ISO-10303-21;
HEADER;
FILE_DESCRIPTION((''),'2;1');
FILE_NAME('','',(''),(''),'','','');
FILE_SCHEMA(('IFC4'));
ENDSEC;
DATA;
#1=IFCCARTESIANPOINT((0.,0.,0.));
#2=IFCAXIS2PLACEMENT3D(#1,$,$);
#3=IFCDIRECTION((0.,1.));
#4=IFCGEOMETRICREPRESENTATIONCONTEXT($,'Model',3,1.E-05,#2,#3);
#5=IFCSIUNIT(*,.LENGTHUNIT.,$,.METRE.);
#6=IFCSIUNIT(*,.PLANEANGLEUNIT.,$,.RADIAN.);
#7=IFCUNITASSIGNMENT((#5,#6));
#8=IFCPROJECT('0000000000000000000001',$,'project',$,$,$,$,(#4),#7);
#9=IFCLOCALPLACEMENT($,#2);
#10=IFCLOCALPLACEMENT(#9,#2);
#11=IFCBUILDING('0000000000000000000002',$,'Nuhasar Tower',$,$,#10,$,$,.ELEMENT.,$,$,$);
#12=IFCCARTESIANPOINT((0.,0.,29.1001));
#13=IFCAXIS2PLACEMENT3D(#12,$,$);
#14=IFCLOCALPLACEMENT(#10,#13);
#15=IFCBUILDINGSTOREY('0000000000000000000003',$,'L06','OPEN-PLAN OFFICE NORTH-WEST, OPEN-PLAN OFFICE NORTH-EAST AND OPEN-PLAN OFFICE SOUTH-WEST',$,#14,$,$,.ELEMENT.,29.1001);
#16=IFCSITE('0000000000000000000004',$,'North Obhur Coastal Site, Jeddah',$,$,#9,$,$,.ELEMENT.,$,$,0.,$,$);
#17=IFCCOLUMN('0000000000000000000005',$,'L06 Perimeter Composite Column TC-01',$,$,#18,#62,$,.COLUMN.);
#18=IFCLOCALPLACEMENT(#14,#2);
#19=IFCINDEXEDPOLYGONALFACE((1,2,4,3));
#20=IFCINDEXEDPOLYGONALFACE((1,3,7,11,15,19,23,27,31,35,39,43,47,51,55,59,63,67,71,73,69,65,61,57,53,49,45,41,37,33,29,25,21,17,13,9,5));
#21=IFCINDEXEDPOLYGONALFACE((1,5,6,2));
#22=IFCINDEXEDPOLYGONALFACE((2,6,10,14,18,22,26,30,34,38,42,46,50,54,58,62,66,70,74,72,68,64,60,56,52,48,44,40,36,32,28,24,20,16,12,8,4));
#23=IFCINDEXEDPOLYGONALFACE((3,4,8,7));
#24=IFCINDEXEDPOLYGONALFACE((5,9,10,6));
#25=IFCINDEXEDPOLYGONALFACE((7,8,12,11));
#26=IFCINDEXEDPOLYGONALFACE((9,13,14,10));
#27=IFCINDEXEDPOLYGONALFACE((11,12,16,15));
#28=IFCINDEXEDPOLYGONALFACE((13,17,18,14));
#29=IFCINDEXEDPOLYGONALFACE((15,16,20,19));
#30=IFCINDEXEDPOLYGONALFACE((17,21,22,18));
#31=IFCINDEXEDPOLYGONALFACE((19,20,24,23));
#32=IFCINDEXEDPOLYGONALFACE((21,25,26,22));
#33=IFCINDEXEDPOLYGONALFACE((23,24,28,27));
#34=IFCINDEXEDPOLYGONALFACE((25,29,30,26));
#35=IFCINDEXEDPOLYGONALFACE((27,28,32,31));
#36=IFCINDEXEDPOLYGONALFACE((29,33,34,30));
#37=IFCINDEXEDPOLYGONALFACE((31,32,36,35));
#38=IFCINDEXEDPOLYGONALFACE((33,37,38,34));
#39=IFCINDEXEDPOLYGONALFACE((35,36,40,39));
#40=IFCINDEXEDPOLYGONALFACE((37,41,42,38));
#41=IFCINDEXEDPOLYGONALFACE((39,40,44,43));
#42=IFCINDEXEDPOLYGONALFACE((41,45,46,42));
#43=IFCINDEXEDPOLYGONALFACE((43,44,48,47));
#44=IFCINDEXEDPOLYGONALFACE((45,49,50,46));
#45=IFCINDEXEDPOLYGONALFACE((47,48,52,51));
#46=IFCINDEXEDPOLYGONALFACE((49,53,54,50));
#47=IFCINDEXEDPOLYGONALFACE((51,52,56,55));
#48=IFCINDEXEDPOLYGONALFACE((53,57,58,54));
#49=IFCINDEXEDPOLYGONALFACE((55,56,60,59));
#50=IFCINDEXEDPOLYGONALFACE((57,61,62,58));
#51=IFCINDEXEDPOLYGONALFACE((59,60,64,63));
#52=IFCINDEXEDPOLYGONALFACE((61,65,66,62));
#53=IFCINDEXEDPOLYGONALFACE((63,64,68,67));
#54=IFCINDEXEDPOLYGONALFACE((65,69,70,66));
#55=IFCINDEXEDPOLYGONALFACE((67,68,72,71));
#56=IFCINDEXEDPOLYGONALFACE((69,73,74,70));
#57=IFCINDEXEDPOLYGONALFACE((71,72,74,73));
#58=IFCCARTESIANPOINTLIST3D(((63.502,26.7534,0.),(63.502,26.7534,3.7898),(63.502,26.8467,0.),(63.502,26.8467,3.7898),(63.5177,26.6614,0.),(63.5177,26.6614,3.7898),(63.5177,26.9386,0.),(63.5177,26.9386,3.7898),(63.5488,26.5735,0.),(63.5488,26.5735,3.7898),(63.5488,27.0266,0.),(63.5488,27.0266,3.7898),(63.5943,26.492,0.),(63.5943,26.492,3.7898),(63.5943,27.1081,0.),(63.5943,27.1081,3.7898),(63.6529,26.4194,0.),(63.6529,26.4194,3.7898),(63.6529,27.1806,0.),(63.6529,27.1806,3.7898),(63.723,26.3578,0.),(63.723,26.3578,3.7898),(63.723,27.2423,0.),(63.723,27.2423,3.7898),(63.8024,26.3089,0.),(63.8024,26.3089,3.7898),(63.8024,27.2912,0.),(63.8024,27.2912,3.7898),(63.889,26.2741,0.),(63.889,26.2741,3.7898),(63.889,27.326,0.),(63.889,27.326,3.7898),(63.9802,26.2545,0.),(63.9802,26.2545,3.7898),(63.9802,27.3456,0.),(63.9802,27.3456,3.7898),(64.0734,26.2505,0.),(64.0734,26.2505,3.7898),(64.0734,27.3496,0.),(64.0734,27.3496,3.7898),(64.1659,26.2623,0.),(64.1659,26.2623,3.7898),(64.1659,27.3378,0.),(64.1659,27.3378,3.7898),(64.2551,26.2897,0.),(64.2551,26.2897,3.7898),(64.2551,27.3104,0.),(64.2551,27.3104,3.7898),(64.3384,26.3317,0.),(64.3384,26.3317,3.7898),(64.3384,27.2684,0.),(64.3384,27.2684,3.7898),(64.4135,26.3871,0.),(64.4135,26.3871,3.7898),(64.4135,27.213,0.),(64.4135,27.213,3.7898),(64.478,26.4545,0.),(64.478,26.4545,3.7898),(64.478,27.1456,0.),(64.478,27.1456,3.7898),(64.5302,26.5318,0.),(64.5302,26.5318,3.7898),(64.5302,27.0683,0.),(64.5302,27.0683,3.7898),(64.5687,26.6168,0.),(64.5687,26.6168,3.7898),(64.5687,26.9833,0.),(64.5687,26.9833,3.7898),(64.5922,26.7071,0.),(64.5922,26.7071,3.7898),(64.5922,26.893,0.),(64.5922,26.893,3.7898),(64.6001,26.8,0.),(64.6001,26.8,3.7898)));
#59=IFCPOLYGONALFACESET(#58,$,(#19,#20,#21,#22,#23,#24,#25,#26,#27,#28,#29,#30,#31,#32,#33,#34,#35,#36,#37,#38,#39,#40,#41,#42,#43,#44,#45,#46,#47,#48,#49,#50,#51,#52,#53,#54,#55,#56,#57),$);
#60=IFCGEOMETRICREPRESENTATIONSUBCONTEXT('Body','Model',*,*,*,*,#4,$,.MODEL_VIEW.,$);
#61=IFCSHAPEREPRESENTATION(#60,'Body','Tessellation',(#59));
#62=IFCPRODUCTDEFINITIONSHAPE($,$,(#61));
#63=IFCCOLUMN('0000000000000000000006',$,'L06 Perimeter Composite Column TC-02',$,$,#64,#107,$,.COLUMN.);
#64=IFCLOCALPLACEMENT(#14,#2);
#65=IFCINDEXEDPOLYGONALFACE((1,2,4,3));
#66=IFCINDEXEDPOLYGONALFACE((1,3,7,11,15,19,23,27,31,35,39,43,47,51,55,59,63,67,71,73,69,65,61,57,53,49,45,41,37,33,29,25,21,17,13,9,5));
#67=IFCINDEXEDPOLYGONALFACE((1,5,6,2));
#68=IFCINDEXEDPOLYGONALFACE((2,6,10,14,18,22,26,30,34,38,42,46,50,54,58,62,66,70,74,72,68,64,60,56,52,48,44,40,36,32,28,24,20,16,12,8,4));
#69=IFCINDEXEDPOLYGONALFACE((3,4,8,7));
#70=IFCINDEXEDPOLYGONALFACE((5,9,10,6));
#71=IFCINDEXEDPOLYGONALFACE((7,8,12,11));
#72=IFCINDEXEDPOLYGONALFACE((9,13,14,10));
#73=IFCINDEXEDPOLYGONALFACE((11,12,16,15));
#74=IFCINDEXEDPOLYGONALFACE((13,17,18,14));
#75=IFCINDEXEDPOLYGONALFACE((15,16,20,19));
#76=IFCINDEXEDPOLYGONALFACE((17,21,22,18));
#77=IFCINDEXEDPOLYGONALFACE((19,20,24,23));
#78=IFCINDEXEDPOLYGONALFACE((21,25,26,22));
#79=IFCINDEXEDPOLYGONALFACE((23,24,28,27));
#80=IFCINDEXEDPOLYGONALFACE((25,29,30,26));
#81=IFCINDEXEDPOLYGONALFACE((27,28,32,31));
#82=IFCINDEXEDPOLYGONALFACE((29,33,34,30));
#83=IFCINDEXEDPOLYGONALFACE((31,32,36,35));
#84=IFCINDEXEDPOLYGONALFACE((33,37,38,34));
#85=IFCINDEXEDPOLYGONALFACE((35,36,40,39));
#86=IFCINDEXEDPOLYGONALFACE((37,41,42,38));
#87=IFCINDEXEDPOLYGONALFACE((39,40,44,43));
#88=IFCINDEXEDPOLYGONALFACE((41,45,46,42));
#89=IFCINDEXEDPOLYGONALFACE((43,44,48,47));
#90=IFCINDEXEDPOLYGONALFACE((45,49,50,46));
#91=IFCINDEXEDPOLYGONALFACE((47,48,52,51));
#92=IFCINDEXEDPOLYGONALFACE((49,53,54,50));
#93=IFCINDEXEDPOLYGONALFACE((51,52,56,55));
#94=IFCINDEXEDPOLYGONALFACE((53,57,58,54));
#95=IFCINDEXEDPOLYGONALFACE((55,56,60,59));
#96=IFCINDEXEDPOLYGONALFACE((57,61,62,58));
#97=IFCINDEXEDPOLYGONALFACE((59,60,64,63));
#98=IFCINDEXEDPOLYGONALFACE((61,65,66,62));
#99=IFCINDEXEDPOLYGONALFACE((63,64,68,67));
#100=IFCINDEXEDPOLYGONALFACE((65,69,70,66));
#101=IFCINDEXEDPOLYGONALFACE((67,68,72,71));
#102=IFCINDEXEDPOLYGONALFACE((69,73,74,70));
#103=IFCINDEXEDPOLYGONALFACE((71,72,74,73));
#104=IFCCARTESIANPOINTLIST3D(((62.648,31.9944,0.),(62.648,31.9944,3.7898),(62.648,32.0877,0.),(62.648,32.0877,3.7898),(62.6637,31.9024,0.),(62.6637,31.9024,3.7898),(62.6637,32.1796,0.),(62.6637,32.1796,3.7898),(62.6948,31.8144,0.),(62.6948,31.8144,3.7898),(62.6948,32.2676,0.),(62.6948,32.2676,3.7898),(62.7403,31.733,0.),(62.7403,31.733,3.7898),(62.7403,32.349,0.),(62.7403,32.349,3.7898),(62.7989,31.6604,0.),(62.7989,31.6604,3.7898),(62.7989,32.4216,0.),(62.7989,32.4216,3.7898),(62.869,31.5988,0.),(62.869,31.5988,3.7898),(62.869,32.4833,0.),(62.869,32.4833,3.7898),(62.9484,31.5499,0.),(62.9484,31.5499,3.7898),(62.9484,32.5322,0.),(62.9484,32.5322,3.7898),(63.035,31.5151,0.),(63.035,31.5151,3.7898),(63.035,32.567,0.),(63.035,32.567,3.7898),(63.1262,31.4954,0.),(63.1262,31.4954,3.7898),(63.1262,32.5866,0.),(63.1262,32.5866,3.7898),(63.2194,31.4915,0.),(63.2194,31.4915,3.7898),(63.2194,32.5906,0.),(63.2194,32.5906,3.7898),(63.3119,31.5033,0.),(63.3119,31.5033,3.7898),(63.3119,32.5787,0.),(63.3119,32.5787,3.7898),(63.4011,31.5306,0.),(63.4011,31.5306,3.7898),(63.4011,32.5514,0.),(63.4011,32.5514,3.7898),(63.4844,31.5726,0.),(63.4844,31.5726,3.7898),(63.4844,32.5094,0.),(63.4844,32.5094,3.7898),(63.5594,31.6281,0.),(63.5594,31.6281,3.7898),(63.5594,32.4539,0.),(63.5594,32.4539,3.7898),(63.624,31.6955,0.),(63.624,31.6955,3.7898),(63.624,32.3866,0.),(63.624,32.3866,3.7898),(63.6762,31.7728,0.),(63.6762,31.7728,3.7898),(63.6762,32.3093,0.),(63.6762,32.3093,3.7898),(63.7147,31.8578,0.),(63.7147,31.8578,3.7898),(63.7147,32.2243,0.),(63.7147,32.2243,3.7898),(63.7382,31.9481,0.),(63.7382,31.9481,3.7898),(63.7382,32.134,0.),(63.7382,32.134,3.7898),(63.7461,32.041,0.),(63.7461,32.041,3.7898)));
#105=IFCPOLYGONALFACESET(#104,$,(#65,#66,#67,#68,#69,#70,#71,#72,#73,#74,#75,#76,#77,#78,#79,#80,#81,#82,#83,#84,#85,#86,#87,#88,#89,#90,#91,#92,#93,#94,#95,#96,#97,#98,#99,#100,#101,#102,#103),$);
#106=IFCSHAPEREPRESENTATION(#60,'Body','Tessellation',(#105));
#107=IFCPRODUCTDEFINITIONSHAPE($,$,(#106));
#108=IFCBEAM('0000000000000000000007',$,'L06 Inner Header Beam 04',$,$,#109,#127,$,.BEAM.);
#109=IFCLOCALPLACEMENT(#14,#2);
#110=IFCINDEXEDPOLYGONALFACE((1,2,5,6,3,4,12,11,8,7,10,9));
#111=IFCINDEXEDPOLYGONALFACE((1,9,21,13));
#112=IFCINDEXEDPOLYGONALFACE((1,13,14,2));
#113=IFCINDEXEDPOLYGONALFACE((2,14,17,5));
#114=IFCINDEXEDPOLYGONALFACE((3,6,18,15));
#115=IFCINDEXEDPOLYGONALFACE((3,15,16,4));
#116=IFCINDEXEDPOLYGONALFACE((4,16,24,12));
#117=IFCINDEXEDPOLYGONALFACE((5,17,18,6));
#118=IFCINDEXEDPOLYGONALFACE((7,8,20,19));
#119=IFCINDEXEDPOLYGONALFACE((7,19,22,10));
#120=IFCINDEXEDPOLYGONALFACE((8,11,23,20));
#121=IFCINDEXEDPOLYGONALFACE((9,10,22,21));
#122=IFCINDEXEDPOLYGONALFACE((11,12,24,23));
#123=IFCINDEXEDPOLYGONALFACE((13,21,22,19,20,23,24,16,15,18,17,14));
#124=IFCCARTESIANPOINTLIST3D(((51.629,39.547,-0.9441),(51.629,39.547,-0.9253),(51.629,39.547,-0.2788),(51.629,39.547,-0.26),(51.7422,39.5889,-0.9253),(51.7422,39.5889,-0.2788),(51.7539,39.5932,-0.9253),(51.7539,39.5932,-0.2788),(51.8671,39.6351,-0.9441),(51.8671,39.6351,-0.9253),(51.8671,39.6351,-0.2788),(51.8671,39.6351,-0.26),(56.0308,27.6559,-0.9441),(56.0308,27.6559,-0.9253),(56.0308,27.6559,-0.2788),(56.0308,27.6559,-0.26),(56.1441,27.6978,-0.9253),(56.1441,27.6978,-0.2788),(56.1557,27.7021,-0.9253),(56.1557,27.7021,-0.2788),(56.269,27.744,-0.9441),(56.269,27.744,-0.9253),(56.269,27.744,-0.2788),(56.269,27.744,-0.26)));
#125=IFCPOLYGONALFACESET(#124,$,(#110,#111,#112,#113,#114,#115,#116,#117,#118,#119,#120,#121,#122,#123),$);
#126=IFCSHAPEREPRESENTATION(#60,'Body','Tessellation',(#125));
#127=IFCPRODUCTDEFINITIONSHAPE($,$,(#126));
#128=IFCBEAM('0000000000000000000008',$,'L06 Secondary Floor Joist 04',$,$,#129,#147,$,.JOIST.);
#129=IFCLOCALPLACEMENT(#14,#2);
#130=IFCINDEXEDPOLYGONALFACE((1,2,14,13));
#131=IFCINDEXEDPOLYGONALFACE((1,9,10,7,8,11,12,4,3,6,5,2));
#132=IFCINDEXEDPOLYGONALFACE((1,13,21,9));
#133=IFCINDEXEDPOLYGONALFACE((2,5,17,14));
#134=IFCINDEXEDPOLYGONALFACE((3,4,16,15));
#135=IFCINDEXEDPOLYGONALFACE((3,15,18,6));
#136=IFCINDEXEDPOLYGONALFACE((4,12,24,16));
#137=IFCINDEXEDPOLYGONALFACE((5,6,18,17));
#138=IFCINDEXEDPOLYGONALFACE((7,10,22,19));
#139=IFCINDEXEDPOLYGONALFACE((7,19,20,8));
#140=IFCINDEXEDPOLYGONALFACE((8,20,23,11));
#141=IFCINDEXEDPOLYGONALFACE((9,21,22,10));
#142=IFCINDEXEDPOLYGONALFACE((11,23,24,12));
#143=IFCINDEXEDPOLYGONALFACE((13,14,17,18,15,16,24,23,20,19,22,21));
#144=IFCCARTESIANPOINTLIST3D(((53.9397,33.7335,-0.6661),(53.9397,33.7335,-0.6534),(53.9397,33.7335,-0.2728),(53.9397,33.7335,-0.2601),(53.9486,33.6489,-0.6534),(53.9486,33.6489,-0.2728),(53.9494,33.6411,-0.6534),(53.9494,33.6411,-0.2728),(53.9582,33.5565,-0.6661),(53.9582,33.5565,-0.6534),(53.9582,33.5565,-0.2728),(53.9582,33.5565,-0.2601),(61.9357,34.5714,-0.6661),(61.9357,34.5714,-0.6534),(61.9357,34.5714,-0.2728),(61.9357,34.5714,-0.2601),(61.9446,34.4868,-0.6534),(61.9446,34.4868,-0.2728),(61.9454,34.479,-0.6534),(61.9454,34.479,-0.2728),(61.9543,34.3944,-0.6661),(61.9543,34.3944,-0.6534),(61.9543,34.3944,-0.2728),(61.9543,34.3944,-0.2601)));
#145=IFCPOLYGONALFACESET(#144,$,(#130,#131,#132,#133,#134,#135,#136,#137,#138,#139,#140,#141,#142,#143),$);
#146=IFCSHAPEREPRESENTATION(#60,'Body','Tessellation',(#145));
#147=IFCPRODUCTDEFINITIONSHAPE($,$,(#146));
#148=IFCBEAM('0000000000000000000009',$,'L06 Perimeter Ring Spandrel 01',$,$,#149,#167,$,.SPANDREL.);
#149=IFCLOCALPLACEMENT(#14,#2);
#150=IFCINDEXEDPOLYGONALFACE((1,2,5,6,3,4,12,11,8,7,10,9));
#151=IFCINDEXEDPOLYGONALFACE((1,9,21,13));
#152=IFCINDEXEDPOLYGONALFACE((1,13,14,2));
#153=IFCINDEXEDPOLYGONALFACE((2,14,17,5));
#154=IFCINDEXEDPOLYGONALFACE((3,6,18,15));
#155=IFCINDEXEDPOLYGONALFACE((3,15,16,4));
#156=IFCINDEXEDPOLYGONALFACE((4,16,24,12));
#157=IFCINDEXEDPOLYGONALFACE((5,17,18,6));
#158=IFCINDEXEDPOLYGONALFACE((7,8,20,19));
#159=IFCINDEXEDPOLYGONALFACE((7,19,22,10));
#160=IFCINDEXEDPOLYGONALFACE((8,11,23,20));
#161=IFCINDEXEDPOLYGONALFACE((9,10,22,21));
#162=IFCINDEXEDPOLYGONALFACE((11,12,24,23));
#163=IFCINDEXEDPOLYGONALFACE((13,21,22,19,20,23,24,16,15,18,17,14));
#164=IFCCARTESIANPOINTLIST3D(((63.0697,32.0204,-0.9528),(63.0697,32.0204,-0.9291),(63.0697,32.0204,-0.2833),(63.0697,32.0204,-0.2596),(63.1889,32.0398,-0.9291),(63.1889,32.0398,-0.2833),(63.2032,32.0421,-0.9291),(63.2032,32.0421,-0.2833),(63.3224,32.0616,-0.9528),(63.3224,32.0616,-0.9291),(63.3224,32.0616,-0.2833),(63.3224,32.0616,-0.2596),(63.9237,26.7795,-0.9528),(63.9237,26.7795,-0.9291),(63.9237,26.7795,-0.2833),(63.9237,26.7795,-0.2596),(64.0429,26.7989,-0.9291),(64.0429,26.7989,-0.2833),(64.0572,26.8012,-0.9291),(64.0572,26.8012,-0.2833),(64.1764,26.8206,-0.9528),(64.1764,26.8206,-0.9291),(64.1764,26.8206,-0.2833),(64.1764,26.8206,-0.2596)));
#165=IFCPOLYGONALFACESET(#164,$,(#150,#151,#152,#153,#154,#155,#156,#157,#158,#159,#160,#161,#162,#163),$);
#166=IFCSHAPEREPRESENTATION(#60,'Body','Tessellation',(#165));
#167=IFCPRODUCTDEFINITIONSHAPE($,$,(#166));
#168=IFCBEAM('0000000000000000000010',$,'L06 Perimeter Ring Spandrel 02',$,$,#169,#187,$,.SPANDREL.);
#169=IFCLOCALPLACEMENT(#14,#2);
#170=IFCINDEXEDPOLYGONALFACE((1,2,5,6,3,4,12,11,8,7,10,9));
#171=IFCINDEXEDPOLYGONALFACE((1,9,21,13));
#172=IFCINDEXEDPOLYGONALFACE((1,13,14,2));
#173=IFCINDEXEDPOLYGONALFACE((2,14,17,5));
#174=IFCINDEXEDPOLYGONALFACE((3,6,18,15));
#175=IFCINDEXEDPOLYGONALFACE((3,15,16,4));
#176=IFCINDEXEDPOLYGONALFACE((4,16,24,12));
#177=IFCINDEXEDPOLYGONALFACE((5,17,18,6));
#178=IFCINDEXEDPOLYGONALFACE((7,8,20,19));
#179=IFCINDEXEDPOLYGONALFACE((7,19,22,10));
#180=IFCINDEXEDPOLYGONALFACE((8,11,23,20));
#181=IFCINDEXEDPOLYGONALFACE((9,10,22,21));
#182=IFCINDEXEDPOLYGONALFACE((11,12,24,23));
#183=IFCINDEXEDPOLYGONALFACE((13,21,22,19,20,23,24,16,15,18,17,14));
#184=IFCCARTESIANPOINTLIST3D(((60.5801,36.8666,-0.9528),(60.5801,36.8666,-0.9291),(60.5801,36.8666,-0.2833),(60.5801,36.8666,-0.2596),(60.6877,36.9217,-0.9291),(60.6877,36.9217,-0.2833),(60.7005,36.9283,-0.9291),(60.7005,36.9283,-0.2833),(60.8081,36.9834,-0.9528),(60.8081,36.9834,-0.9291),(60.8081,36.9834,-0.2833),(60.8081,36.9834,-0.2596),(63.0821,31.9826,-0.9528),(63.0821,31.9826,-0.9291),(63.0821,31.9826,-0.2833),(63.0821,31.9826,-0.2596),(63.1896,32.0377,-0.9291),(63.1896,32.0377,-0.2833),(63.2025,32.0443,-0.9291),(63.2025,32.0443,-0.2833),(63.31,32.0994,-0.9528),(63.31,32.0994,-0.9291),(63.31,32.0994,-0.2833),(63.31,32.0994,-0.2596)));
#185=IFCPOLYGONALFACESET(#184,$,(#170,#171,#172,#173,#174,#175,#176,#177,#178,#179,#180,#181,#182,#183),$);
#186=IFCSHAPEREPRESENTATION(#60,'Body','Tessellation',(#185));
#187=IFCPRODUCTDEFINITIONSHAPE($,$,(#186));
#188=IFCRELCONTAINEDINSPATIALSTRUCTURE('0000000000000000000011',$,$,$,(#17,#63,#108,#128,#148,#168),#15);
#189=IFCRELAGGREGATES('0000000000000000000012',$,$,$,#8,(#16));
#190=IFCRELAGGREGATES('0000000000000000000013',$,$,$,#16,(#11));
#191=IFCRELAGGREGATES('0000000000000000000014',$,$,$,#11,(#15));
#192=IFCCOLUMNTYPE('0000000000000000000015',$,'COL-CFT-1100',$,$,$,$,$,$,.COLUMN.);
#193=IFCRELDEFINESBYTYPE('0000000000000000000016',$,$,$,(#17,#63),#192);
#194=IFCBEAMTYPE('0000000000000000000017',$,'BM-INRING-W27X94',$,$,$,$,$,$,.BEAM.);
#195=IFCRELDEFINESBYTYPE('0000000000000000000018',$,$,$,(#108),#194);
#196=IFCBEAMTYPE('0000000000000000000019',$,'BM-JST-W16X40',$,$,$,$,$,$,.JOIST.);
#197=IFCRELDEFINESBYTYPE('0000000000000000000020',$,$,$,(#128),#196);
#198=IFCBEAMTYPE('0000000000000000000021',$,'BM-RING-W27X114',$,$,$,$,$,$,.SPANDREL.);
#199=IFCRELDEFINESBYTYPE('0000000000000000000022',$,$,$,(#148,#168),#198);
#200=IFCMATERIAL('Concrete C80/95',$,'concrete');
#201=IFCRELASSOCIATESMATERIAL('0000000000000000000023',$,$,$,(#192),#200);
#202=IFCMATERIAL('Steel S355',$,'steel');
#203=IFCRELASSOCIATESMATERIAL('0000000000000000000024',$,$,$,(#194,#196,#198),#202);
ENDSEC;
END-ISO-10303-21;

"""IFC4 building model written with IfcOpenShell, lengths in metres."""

from ifc_helpers import new_model, si_unit, direction, frame, origin, origin_2d, place, context, subcontext, project, spatial, circle, i_section, extrude, material, material_profile, profile_set, type_object, element, save


model = new_model("IFC4")

# Units and contexts
model_context = context("Model", 3, precision=1e-05, world=origin(), true_north=direction((0.0, 1.0)))
body_context = subcontext(model_context, "Body", "Model", "MODEL_VIEW")
ifc_project = project(units=[si_unit("LENGTHUNIT", "METRE"), si_unit("PLANEANGLEUNIT", "RADIAN")], contexts=[model_context])

# Site, building, storey
site_placement = place(None, origin())
site = spatial("IfcSite", under=ifc_project, at=site_placement, Name="North Obhur Coastal Site, Jeddah", CompositionType="ELEMENT", RefElevation=0.0)
building_placement = place(site_placement, origin())
building = spatial("IfcBuilding", under=site, at=building_placement, Name="Nuhasar Tower", CompositionType="ELEMENT")
storey_placement = place(building_placement, frame((0.0, 0.0, 29.1001)))
storey = spatial("IfcBuildingStorey", under=building, at=storey_placement, Name="L06", Description="OPEN-PLAN OFFICE NORTH-WEST, OPEN-PLAN OFFICE NORTH-EAST AND OPEN-PLAN OFFICE SOUTH-WEST", CompositionType="ELEMENT", Elevation=29.1001)

# Columns
ifc_material_1 = material(Name="Concrete C80/95", Category="concrete")
ifc_material_profile_1 = material_profile(ifc_material_1, circle(Radius=0.55, at=origin_2d()), Name="CFT1100")
ifc_profile_set_1 = profile_set([ifc_material_profile_1], Name="Concrete C80/95")
column_type = type_object("IfcColumnType", Name="COL-CFT-1100", PredefinedType="COLUMN", material=ifc_profile_set_1)
for number, where, z_axis, x_axis, name in (
    (1, (64.05, 26.8, 0.0), (0.0, 0.0, 1.0), (1.0, 0.0, 0.0), "L06 Perimeter Composite Column TC-01"),
    (2, (63.196, 32.041, 0.0), (0.0, 0.0, 1.0), (1.0, 0.0, 0.0), "L06 Perimeter Composite Column TC-02"),
):
    element("IfcColumn", number, at=place(storey_placement, frame(where, z_axis=z_axis, x_axis=x_axis)), inside=storey, type_object=column_type, Name=name, PredefinedType="COLUMN", context=body_context, shape_type="SweptSolid", body=[
        extrude(circle(Radius=0.55, at=origin_2d()), origin(), (0.0, 0.0, 1.0), 3.7898),
    ])

# Beams
ifc_material_2 = material(Name="Steel S355", Category="steel")
ifc_material_profile_2 = material_profile(ifc_material_2, i_section(OverallWidth=0.2539, OverallDepth=0.6841, WebThickness=0.0125, FlangeThickness=0.0188, at=origin_2d()), Name="W27X94")
ifc_profile_set_2 = profile_set([ifc_material_profile_2], Name="Steel S355")
beam_type_1 = type_object("IfcBeamType", Name="BM-INRING-W27X94", PredefinedType="BEAM", material=ifc_profile_set_2)
beam_1_placement = place(storey_placement, frame((56.1499, 27.7, -0.6021), z_axis=(-0.347158, 0.937807, 0.0), x_axis=(-0.937807, -0.347158, 0.0)))
element("IfcBeam", 3, at=beam_1_placement, inside=storey, type_object=beam_type_1, Name="L06 Inner Header Beam 04", PredefinedType="BEAM", context=body_context, shape_type="SweptSolid", body=[
    extrude(i_section(OverallWidth=0.2539, OverallDepth=0.6841, WebThickness=0.0125, FlangeThickness=0.0188, at=origin_2d()), origin(), (0.0, 0.0, 1.0), 12.6797),
])
ifc_material_profile_3 = material_profile(ifc_material_2, i_section(OverallWidth=0.178, OverallDepth=0.406, WebThickness=0.0078, FlangeThickness=0.0127, at=origin_2d()), Name="W16X40")
ifc_profile_set_3 = profile_set([ifc_material_profile_3], Name="Steel S355")
beam_type_2 = type_object("IfcBeamType", Name="BM-JST-W16X40", PredefinedType="JOIST", material=ifc_profile_set_3)
beam_2_placement = place(storey_placement, frame((53.949, 33.645, -0.4631), z_axis=(0.994555, 0.104217, 0.0), x_axis=(-0.104217, 0.994555, 0.0)))
element("IfcBeam", 4, at=beam_2_placement, inside=storey, type_object=beam_type_2, Name="L06 Secondary Floor Joist 04", PredefinedType="JOIST", context=body_context, shape_type="SweptSolid", body=[
    extrude(i_section(OverallWidth=0.178, OverallDepth=0.406, WebThickness=0.0078, FlangeThickness=0.0127, at=origin_2d()), origin(), (0.0, 0.0, 1.0), 8.0398),
])
ifc_material_profile_4 = material_profile(ifc_material_2, i_section(OverallWidth=0.2561, OverallDepth=0.6931, WebThickness=0.0144, FlangeThickness=0.0237, at=origin_2d()), Name="W27X114")
ifc_profile_set_4 = profile_set([ifc_material_profile_4], Name="Steel S355")
beam_type_3 = type_object("IfcBeamType", Name="BM-RING-W27X114", PredefinedType="SPANDREL", material=ifc_profile_set_4)
beam_3_placement = place(storey_placement, frame((64.05, 26.8, -0.6062), z_axis=(-0.160827, 0.986983, 0.0), x_axis=(-0.986983, -0.160827, 0.0)))
element("IfcBeam", 5, at=beam_3_placement, inside=storey, type_object=beam_type_3, Name="L06 Perimeter Ring Spandrel 01", PredefinedType="SPANDREL", context=body_context, shape_type="SweptSolid", body=[
    extrude(i_section(OverallWidth=0.2561, OverallDepth=0.6931, WebThickness=0.0144, FlangeThickness=0.0237, at=origin_2d()), origin(), (0.0, 0.0, 1.0), 5.3101),
])
beam_4_placement = place(storey_placement, frame((63.196, 32.041, -0.6062), z_axis=(-0.45593, 0.890016, 0.0), x_axis=(-0.890016, -0.45593, 0.0)))
element("IfcBeam", 6, at=beam_4_placement, inside=storey, type_object=beam_type_3, Name="L06 Perimeter Ring Spandrel 02", PredefinedType="SPANDREL", context=body_context, shape_type="SweptSolid", body=[
    extrude(i_section(OverallWidth=0.2561, OverallDepth=0.6931, WebThickness=0.0144, FlangeThickness=0.0237, at=origin_2d()), origin(), (0.0, 0.0, 1.0), 5.4875),
])

save(model, "model.ifc")
